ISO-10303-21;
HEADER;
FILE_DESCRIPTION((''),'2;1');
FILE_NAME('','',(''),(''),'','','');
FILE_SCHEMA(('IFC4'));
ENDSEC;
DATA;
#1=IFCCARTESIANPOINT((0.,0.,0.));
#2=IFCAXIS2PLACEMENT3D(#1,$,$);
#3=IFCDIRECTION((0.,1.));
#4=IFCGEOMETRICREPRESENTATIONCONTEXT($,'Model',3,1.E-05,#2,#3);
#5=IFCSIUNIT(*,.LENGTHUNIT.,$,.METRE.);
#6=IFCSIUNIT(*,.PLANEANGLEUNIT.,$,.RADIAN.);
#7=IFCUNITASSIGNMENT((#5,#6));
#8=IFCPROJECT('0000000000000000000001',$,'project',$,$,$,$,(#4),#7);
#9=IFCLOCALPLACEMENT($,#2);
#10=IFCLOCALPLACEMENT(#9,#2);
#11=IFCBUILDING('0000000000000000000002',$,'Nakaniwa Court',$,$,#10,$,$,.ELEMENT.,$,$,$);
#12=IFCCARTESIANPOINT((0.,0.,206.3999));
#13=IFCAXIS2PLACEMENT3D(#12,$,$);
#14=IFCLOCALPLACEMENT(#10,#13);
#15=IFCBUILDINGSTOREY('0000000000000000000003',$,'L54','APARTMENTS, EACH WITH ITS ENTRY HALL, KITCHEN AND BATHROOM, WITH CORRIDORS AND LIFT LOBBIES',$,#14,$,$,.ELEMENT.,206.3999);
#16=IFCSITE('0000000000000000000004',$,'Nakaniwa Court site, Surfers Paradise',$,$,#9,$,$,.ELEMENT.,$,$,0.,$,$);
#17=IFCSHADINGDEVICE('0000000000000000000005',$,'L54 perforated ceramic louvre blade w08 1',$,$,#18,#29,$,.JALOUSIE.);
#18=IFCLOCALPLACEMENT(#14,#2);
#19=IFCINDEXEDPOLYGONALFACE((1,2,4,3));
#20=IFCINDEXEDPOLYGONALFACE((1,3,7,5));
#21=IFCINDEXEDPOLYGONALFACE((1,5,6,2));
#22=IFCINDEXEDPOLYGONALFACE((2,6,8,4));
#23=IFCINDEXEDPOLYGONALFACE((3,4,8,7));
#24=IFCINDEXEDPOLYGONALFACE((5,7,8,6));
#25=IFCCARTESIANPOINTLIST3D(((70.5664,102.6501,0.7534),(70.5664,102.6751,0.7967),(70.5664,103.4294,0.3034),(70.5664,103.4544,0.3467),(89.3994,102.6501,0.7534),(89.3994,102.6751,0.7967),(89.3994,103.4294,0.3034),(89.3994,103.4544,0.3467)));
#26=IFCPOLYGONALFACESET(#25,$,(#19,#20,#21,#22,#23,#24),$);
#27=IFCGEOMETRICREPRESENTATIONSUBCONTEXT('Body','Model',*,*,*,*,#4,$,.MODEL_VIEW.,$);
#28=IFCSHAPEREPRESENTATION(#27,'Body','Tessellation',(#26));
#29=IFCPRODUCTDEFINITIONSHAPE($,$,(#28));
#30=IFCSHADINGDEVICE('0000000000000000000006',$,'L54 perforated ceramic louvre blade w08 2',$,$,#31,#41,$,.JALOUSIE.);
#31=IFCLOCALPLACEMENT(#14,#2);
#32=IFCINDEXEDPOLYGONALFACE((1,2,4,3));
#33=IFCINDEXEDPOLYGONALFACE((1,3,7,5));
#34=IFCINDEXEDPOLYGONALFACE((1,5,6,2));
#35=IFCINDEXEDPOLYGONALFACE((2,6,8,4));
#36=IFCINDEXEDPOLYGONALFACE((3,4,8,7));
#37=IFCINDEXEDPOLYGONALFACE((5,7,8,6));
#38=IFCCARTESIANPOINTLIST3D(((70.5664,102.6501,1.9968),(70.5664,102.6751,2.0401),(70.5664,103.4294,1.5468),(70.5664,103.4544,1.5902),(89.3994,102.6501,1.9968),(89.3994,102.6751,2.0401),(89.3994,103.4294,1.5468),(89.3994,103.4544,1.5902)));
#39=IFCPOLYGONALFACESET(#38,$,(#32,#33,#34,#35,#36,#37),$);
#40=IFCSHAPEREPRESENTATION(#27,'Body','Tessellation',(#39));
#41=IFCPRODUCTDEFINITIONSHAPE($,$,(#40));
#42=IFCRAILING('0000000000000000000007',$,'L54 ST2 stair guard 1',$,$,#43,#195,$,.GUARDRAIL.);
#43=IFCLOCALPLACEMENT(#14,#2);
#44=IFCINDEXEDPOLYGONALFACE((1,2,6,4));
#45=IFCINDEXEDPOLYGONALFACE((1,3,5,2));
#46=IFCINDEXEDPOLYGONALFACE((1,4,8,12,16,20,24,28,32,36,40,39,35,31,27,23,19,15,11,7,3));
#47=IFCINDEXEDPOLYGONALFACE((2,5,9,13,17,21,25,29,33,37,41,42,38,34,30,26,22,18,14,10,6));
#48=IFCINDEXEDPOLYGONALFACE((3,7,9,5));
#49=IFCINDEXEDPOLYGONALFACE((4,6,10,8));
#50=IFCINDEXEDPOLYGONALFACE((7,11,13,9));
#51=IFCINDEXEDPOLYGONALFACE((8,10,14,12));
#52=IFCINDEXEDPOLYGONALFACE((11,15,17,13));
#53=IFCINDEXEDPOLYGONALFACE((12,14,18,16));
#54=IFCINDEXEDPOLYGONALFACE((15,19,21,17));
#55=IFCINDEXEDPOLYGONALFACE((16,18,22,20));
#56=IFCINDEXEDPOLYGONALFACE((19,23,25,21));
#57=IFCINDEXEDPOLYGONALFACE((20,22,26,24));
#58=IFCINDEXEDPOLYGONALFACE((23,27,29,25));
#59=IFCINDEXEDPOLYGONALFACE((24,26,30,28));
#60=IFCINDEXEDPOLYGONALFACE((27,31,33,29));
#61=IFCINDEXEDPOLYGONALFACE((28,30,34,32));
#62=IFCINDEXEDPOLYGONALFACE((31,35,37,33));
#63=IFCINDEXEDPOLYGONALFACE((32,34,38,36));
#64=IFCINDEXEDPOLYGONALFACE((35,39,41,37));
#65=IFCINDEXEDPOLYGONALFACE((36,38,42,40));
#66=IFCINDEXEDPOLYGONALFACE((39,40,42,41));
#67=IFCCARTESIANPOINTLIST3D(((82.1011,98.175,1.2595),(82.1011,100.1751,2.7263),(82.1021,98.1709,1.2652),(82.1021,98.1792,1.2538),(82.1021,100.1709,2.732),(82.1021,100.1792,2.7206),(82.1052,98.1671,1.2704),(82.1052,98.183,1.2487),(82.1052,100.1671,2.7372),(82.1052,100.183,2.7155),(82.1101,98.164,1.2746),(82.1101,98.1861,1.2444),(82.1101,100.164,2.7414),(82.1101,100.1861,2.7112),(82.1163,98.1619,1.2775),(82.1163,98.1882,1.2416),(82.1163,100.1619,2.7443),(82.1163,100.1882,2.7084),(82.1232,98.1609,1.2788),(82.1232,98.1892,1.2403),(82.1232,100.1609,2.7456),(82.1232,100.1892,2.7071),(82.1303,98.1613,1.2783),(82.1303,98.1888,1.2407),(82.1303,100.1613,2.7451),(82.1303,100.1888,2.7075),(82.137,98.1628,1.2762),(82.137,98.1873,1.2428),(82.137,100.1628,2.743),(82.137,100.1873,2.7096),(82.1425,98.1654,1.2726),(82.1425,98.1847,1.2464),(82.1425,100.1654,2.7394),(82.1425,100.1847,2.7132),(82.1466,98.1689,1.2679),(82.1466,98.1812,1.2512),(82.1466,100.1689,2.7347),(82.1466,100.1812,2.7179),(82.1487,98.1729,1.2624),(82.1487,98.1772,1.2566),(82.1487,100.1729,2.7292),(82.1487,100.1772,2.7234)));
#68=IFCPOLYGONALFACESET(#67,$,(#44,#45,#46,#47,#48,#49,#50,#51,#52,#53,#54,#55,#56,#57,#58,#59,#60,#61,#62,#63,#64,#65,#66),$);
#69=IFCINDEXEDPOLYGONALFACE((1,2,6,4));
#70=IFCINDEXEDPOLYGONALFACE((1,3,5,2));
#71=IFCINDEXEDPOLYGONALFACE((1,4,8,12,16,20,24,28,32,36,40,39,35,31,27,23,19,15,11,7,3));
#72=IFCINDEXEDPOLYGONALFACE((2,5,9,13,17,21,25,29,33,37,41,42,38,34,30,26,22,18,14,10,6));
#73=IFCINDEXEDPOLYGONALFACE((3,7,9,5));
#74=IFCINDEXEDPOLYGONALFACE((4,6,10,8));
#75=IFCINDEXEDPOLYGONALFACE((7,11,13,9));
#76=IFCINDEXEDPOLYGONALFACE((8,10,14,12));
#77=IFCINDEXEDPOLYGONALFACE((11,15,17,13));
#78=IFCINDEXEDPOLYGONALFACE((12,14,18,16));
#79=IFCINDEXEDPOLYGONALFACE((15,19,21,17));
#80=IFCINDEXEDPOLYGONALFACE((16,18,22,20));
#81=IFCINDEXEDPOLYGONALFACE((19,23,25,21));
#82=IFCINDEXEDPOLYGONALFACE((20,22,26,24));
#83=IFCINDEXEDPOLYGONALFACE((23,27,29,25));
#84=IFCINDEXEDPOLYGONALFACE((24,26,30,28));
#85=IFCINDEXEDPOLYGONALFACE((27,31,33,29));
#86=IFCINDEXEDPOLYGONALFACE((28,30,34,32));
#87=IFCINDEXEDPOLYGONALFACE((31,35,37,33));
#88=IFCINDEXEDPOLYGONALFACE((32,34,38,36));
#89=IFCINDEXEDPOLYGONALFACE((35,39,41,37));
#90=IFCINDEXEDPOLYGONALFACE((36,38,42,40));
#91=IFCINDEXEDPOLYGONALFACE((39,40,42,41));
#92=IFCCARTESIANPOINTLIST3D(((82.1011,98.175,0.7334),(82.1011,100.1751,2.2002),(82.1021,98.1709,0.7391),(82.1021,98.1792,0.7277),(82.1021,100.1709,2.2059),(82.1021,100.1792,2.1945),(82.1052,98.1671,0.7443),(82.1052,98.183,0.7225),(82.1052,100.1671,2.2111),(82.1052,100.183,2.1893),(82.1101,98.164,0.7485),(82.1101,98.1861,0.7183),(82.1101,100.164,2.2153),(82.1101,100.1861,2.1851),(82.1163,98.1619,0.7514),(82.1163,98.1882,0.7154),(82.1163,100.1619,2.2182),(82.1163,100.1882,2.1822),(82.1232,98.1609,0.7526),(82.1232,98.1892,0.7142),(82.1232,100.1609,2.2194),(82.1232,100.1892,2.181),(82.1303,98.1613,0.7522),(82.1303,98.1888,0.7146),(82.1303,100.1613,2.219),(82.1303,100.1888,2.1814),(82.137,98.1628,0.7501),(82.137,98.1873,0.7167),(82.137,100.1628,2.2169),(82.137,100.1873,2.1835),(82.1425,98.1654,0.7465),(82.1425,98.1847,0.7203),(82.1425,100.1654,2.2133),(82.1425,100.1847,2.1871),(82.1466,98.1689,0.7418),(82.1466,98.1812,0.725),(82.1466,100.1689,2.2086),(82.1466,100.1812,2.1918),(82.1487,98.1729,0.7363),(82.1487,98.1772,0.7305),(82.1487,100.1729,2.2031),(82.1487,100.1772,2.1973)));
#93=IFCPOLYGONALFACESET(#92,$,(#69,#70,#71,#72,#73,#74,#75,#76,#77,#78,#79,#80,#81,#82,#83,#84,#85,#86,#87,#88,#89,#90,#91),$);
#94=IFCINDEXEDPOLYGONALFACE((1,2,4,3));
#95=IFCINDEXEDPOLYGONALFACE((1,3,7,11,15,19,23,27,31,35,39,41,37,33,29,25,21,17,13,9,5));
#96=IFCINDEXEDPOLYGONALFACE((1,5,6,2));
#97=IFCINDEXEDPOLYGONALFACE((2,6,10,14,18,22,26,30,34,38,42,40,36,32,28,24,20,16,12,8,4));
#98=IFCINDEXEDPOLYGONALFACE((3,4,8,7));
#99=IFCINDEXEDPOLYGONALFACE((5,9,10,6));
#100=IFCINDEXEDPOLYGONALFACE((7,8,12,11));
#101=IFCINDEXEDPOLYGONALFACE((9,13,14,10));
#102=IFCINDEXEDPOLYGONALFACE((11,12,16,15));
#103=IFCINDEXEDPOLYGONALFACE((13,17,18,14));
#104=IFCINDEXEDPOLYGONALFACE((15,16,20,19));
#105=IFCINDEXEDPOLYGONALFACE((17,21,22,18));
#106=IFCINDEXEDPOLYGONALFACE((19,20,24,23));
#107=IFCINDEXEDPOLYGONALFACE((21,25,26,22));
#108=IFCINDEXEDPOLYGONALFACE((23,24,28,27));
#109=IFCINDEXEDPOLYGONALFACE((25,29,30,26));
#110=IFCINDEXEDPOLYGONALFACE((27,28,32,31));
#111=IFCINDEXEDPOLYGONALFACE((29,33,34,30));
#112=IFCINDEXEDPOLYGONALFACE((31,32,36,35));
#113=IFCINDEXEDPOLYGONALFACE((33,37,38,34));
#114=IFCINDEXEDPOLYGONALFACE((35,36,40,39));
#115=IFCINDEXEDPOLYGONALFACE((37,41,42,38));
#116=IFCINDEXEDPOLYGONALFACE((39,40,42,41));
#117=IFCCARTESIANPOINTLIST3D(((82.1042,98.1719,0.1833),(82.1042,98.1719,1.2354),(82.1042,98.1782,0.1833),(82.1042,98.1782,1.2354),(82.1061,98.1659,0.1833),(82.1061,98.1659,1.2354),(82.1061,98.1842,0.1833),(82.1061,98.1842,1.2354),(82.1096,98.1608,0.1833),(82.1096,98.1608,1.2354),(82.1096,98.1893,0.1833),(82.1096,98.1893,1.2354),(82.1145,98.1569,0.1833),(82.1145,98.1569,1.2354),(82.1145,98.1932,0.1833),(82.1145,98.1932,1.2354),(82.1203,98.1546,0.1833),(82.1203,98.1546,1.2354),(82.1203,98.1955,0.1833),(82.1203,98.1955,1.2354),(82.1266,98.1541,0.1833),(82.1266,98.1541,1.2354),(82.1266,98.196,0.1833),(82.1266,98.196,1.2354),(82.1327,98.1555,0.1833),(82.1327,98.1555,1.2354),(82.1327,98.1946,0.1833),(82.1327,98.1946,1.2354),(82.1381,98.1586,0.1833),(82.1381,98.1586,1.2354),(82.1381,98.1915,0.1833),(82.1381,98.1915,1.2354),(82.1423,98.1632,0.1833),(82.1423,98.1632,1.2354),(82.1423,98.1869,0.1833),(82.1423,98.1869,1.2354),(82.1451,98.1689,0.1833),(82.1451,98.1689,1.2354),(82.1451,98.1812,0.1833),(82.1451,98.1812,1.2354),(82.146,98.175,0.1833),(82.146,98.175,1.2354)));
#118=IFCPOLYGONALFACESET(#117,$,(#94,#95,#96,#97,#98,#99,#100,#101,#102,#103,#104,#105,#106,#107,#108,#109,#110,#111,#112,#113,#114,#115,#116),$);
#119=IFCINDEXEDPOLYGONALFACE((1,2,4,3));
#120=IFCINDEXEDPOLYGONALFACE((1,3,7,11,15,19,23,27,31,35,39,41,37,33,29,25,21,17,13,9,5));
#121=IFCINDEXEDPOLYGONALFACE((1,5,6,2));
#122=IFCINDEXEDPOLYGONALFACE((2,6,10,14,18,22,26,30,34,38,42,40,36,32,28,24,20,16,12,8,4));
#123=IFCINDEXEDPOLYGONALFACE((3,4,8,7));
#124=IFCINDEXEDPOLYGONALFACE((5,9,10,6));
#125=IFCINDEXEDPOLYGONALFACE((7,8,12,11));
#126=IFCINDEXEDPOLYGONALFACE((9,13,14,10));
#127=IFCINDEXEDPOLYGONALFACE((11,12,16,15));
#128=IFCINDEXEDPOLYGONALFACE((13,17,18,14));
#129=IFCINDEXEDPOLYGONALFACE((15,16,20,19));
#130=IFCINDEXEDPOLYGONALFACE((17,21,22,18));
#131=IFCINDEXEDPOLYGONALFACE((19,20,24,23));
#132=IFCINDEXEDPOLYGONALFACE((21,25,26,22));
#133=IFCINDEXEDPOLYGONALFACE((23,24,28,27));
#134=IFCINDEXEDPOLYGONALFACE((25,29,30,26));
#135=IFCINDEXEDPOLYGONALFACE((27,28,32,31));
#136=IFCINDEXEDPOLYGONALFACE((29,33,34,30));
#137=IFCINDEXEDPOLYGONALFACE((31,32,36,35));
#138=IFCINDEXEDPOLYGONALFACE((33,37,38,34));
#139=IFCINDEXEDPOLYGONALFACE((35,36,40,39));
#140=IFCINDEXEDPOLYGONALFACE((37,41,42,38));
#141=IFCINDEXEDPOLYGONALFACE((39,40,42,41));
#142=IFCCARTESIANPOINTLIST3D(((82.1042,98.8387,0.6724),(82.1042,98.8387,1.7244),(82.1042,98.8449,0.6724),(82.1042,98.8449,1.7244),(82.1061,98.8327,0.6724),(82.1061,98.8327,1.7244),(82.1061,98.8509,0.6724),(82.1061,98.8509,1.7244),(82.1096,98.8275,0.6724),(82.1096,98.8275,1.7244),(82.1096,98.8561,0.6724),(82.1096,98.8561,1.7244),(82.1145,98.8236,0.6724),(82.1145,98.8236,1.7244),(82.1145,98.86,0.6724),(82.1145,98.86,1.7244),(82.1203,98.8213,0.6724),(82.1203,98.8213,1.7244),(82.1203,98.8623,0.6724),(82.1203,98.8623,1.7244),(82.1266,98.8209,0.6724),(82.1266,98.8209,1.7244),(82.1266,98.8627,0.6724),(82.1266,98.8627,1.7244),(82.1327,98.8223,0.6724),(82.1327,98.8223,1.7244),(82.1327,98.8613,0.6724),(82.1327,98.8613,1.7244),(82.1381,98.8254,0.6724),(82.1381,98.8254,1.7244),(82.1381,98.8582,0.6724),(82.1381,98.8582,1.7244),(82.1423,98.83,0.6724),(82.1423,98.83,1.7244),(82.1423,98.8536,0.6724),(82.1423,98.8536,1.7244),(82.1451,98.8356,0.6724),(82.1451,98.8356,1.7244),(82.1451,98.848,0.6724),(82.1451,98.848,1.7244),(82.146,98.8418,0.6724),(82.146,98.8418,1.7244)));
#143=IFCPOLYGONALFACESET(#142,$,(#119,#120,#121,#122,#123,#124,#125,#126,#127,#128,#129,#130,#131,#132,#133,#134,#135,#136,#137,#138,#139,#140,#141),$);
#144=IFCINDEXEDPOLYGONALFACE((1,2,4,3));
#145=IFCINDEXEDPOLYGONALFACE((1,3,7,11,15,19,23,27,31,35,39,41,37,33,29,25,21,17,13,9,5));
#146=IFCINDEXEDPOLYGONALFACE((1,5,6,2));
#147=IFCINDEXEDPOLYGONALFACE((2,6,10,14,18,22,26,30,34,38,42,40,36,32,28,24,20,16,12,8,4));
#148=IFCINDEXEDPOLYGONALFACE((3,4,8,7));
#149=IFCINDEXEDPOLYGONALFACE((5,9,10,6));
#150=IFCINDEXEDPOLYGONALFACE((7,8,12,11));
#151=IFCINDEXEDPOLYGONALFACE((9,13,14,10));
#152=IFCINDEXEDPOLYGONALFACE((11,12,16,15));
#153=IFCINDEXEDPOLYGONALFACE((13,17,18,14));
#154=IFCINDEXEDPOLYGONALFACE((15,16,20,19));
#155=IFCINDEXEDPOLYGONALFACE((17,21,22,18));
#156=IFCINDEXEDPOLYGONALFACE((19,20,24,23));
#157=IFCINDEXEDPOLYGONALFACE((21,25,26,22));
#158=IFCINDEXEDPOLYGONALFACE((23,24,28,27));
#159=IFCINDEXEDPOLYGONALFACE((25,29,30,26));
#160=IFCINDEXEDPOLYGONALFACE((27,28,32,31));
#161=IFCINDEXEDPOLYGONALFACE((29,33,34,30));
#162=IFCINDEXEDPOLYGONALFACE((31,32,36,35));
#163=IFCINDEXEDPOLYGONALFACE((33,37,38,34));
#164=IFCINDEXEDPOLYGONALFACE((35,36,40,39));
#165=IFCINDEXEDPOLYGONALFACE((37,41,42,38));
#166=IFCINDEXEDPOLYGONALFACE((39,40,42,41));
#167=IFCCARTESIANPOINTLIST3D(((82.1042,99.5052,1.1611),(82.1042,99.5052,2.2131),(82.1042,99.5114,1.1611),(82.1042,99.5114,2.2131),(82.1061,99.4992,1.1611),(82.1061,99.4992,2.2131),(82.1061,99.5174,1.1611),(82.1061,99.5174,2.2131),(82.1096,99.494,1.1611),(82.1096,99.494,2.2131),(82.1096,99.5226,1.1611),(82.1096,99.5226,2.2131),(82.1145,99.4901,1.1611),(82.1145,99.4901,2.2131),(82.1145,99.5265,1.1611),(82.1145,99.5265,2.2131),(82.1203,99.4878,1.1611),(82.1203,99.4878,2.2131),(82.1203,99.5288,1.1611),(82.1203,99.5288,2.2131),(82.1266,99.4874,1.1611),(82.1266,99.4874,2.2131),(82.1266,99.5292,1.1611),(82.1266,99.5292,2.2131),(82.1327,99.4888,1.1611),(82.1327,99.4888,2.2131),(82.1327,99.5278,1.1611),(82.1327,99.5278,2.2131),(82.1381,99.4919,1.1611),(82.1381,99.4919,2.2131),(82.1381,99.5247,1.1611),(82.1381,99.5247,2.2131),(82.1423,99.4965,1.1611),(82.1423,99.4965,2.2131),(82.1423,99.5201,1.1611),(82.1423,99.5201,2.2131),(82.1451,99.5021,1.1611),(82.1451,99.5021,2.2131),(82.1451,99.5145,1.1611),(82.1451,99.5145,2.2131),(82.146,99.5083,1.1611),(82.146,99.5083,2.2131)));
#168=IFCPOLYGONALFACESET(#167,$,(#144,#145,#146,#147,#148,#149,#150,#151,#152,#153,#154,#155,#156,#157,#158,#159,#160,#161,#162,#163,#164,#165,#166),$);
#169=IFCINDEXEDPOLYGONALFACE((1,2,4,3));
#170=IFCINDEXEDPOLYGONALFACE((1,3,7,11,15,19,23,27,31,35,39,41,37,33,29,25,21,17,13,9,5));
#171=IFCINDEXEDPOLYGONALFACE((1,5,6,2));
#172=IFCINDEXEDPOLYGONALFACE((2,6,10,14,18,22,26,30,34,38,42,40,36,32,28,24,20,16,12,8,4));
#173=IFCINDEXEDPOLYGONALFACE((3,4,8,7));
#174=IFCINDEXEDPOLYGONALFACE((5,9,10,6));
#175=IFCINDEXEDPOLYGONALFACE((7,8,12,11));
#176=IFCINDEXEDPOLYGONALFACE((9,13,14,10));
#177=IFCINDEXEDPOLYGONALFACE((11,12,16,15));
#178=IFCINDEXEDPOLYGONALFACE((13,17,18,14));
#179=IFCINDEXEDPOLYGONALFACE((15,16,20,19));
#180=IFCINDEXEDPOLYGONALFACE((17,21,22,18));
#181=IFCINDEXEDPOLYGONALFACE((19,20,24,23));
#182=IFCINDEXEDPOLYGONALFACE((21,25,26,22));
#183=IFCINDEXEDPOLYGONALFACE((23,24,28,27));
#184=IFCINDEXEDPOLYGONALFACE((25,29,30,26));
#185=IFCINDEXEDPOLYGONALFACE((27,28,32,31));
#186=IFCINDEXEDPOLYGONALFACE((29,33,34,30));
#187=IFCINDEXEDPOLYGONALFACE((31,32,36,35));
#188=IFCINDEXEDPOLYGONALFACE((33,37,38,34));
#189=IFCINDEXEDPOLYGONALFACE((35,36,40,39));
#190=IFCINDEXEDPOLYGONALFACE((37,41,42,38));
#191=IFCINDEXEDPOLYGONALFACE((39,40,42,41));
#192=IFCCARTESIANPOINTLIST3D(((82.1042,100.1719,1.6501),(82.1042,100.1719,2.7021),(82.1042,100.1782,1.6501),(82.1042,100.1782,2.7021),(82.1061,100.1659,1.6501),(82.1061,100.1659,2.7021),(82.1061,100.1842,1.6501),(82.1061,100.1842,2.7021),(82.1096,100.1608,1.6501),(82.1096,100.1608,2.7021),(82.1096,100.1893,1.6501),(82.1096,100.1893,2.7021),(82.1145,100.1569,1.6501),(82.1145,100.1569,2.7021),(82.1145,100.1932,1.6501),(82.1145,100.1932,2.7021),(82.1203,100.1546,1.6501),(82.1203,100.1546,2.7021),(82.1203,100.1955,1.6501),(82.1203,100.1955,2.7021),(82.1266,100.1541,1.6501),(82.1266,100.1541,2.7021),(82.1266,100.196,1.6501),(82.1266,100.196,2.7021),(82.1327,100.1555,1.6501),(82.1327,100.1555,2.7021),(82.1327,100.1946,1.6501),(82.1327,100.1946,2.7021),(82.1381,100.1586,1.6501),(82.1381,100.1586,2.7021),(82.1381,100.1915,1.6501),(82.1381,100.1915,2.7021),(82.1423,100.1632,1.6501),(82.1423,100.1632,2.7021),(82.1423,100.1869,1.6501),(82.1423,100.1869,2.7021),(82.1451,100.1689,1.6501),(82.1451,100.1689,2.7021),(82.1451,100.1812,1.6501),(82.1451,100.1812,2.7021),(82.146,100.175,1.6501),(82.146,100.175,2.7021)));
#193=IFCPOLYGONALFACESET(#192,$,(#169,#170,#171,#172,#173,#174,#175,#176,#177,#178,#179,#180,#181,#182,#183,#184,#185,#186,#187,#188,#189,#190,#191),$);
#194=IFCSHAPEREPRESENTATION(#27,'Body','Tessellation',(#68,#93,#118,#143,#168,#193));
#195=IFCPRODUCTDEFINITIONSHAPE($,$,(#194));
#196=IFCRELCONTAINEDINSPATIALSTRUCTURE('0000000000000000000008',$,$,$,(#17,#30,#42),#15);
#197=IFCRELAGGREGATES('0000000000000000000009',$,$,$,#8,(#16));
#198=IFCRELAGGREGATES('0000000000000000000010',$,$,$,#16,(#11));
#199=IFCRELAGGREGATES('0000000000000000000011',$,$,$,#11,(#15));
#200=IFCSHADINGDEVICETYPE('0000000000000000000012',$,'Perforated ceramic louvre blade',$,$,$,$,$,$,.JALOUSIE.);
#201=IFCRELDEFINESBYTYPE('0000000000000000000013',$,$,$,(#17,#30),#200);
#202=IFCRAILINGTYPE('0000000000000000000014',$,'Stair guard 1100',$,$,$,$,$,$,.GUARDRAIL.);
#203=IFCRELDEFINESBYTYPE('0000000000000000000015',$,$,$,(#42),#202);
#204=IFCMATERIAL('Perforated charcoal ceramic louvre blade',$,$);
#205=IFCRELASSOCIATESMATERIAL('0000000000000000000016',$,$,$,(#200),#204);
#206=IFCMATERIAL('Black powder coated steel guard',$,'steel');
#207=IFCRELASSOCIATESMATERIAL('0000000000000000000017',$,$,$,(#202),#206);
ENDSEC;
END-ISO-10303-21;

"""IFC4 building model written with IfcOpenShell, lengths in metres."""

from ifc_helpers import new_model, si_unit, direction, frame, origin, origin_2d, place, context, subcontext, project, spatial, rectangle, circle, extrude, material, material_profile, profile_set, type_object, element, save


model = new_model("IFC4")

# Units and contexts
model_context = context("Model", 3, precision=1e-05, world=origin(), true_north=direction((0.0, 1.0)))
body_context = subcontext(model_context, "Body", "Model", "MODEL_VIEW")
ifc_project = project(units=[si_unit("LENGTHUNIT", "METRE"), si_unit("PLANEANGLEUNIT", "RADIAN")], contexts=[model_context])

# Site, building, storey
site_placement = place(None, origin())
site = spatial("IfcSite", under=ifc_project, at=site_placement, Name="Nakaniwa Court site, Surfers Paradise", CompositionType="ELEMENT", RefElevation=0.0)
building_placement = place(site_placement, origin())
building = spatial("IfcBuilding", under=site, at=building_placement, Name="Nakaniwa Court", CompositionType="ELEMENT")
storey_placement = place(building_placement, frame((0.0, 0.0, 206.3999)))
storey = spatial("IfcBuildingStorey", under=building, at=storey_placement, Name="L54", Description="APARTMENTS, EACH WITH ITS ENTRY HALL, KITCHEN AND BATHROOM, WITH CORRIDORS AND LIFT LOBBIES", CompositionType="ELEMENT", Elevation=206.3999)

# Shading devices
ifc_material_1 = material(Name="Perforated charcoal ceramic louvre blade")
ifc_material_profile = material_profile(ifc_material_1, rectangle(XDim=0.8999, YDim=0.05, at=origin_2d()), Name="Perforated ceramic louvre blade")
ifc_profile_set = profile_set([ifc_material_profile], Name="Perforated charcoal ceramic louvre blade")
shading_device_type = type_object("IfcShadingDeviceType", Name="Perforated ceramic louvre blade", PredefinedType="JALOUSIE", material=ifc_profile_set)
for number, where, z_axis, x_axis, name in (
    (1, (89.3994, 103.0522, 0.55), (-1.0, 0.0, 0.0), (0.0, -0.866025, 0.5), "L54 perforated ceramic louvre blade w08 1"),
    (2, (89.3994, 103.0522, 1.7935), (-1.0, 0.0, 0.0), (0.0, -0.866025, 0.5), "L54 perforated ceramic louvre blade w08 2"),
):
    element("IfcShadingDevice", number, at=place(storey_placement, frame(where, z_axis=z_axis, x_axis=x_axis)), inside=storey, type_object=shading_device_type, Name=name, PredefinedType="JALOUSIE", context=body_context, shape_type="SweptSolid", body=[
        extrude(rectangle(XDim=0.8999, YDim=0.05, at=origin_2d()), origin(), (0.0, 0.0, 1.0), 18.833),
    ])

# Railing
ifc_material_2 = material(Name="Black powder coated steel guard", Category="steel")
railing_type_1 = type_object("IfcRailingType", Name="Stair guard 1100", PredefinedType="GUARDRAIL", material=ifc_material_2)
railing_1_placement = place(storey_placement, frame((82.125, 98.175, 0.1833)))
element("IfcRailing", 3, at=railing_1_placement, inside=storey, type_object=railing_type_1, Name="L54 ST2 stair guard 1", PredefinedType="GUARDRAIL", context=body_context, shape_type="SweptSolid", body=[
    extrude(circle(Radius=0.0239, at=origin_2d()), frame((0.0, 0.0, 1.0762), z_axis=(0.0, 0.80638, 0.591398), x_axis=(-1.0, 0.0, 0.0)), (0.0, 0.0, 1.0), 2.4802),
    extrude(circle(Radius=0.0239, at=origin_2d()), frame((0.0, 0.0, 0.55), z_axis=(0.0, 0.80638, 0.591398), x_axis=(-1.0, 0.0, 0.0)), (0.0, 0.0, 1.0), 2.4802),
    extrude(circle(Radius=0.021, at=origin_2d()), origin(), (0.0, 0.0, 1.0), 1.052),
    extrude(circle(Radius=0.021, at=origin_2d()), frame((0.0, 0.6667, 0.489)), (0.0, 0.0, 1.0), 1.052),
    extrude(circle(Radius=0.021, at=origin_2d()), frame((0.0, 1.3333, 0.9778)), (0.0, 0.0, 1.0), 1.052),
    extrude(circle(Radius=0.021, at=origin_2d()), frame((0.0, 2.0, 1.4668)), (0.0, 0.0, 1.0), 1.052),
])

save(model, "model.ifc")
